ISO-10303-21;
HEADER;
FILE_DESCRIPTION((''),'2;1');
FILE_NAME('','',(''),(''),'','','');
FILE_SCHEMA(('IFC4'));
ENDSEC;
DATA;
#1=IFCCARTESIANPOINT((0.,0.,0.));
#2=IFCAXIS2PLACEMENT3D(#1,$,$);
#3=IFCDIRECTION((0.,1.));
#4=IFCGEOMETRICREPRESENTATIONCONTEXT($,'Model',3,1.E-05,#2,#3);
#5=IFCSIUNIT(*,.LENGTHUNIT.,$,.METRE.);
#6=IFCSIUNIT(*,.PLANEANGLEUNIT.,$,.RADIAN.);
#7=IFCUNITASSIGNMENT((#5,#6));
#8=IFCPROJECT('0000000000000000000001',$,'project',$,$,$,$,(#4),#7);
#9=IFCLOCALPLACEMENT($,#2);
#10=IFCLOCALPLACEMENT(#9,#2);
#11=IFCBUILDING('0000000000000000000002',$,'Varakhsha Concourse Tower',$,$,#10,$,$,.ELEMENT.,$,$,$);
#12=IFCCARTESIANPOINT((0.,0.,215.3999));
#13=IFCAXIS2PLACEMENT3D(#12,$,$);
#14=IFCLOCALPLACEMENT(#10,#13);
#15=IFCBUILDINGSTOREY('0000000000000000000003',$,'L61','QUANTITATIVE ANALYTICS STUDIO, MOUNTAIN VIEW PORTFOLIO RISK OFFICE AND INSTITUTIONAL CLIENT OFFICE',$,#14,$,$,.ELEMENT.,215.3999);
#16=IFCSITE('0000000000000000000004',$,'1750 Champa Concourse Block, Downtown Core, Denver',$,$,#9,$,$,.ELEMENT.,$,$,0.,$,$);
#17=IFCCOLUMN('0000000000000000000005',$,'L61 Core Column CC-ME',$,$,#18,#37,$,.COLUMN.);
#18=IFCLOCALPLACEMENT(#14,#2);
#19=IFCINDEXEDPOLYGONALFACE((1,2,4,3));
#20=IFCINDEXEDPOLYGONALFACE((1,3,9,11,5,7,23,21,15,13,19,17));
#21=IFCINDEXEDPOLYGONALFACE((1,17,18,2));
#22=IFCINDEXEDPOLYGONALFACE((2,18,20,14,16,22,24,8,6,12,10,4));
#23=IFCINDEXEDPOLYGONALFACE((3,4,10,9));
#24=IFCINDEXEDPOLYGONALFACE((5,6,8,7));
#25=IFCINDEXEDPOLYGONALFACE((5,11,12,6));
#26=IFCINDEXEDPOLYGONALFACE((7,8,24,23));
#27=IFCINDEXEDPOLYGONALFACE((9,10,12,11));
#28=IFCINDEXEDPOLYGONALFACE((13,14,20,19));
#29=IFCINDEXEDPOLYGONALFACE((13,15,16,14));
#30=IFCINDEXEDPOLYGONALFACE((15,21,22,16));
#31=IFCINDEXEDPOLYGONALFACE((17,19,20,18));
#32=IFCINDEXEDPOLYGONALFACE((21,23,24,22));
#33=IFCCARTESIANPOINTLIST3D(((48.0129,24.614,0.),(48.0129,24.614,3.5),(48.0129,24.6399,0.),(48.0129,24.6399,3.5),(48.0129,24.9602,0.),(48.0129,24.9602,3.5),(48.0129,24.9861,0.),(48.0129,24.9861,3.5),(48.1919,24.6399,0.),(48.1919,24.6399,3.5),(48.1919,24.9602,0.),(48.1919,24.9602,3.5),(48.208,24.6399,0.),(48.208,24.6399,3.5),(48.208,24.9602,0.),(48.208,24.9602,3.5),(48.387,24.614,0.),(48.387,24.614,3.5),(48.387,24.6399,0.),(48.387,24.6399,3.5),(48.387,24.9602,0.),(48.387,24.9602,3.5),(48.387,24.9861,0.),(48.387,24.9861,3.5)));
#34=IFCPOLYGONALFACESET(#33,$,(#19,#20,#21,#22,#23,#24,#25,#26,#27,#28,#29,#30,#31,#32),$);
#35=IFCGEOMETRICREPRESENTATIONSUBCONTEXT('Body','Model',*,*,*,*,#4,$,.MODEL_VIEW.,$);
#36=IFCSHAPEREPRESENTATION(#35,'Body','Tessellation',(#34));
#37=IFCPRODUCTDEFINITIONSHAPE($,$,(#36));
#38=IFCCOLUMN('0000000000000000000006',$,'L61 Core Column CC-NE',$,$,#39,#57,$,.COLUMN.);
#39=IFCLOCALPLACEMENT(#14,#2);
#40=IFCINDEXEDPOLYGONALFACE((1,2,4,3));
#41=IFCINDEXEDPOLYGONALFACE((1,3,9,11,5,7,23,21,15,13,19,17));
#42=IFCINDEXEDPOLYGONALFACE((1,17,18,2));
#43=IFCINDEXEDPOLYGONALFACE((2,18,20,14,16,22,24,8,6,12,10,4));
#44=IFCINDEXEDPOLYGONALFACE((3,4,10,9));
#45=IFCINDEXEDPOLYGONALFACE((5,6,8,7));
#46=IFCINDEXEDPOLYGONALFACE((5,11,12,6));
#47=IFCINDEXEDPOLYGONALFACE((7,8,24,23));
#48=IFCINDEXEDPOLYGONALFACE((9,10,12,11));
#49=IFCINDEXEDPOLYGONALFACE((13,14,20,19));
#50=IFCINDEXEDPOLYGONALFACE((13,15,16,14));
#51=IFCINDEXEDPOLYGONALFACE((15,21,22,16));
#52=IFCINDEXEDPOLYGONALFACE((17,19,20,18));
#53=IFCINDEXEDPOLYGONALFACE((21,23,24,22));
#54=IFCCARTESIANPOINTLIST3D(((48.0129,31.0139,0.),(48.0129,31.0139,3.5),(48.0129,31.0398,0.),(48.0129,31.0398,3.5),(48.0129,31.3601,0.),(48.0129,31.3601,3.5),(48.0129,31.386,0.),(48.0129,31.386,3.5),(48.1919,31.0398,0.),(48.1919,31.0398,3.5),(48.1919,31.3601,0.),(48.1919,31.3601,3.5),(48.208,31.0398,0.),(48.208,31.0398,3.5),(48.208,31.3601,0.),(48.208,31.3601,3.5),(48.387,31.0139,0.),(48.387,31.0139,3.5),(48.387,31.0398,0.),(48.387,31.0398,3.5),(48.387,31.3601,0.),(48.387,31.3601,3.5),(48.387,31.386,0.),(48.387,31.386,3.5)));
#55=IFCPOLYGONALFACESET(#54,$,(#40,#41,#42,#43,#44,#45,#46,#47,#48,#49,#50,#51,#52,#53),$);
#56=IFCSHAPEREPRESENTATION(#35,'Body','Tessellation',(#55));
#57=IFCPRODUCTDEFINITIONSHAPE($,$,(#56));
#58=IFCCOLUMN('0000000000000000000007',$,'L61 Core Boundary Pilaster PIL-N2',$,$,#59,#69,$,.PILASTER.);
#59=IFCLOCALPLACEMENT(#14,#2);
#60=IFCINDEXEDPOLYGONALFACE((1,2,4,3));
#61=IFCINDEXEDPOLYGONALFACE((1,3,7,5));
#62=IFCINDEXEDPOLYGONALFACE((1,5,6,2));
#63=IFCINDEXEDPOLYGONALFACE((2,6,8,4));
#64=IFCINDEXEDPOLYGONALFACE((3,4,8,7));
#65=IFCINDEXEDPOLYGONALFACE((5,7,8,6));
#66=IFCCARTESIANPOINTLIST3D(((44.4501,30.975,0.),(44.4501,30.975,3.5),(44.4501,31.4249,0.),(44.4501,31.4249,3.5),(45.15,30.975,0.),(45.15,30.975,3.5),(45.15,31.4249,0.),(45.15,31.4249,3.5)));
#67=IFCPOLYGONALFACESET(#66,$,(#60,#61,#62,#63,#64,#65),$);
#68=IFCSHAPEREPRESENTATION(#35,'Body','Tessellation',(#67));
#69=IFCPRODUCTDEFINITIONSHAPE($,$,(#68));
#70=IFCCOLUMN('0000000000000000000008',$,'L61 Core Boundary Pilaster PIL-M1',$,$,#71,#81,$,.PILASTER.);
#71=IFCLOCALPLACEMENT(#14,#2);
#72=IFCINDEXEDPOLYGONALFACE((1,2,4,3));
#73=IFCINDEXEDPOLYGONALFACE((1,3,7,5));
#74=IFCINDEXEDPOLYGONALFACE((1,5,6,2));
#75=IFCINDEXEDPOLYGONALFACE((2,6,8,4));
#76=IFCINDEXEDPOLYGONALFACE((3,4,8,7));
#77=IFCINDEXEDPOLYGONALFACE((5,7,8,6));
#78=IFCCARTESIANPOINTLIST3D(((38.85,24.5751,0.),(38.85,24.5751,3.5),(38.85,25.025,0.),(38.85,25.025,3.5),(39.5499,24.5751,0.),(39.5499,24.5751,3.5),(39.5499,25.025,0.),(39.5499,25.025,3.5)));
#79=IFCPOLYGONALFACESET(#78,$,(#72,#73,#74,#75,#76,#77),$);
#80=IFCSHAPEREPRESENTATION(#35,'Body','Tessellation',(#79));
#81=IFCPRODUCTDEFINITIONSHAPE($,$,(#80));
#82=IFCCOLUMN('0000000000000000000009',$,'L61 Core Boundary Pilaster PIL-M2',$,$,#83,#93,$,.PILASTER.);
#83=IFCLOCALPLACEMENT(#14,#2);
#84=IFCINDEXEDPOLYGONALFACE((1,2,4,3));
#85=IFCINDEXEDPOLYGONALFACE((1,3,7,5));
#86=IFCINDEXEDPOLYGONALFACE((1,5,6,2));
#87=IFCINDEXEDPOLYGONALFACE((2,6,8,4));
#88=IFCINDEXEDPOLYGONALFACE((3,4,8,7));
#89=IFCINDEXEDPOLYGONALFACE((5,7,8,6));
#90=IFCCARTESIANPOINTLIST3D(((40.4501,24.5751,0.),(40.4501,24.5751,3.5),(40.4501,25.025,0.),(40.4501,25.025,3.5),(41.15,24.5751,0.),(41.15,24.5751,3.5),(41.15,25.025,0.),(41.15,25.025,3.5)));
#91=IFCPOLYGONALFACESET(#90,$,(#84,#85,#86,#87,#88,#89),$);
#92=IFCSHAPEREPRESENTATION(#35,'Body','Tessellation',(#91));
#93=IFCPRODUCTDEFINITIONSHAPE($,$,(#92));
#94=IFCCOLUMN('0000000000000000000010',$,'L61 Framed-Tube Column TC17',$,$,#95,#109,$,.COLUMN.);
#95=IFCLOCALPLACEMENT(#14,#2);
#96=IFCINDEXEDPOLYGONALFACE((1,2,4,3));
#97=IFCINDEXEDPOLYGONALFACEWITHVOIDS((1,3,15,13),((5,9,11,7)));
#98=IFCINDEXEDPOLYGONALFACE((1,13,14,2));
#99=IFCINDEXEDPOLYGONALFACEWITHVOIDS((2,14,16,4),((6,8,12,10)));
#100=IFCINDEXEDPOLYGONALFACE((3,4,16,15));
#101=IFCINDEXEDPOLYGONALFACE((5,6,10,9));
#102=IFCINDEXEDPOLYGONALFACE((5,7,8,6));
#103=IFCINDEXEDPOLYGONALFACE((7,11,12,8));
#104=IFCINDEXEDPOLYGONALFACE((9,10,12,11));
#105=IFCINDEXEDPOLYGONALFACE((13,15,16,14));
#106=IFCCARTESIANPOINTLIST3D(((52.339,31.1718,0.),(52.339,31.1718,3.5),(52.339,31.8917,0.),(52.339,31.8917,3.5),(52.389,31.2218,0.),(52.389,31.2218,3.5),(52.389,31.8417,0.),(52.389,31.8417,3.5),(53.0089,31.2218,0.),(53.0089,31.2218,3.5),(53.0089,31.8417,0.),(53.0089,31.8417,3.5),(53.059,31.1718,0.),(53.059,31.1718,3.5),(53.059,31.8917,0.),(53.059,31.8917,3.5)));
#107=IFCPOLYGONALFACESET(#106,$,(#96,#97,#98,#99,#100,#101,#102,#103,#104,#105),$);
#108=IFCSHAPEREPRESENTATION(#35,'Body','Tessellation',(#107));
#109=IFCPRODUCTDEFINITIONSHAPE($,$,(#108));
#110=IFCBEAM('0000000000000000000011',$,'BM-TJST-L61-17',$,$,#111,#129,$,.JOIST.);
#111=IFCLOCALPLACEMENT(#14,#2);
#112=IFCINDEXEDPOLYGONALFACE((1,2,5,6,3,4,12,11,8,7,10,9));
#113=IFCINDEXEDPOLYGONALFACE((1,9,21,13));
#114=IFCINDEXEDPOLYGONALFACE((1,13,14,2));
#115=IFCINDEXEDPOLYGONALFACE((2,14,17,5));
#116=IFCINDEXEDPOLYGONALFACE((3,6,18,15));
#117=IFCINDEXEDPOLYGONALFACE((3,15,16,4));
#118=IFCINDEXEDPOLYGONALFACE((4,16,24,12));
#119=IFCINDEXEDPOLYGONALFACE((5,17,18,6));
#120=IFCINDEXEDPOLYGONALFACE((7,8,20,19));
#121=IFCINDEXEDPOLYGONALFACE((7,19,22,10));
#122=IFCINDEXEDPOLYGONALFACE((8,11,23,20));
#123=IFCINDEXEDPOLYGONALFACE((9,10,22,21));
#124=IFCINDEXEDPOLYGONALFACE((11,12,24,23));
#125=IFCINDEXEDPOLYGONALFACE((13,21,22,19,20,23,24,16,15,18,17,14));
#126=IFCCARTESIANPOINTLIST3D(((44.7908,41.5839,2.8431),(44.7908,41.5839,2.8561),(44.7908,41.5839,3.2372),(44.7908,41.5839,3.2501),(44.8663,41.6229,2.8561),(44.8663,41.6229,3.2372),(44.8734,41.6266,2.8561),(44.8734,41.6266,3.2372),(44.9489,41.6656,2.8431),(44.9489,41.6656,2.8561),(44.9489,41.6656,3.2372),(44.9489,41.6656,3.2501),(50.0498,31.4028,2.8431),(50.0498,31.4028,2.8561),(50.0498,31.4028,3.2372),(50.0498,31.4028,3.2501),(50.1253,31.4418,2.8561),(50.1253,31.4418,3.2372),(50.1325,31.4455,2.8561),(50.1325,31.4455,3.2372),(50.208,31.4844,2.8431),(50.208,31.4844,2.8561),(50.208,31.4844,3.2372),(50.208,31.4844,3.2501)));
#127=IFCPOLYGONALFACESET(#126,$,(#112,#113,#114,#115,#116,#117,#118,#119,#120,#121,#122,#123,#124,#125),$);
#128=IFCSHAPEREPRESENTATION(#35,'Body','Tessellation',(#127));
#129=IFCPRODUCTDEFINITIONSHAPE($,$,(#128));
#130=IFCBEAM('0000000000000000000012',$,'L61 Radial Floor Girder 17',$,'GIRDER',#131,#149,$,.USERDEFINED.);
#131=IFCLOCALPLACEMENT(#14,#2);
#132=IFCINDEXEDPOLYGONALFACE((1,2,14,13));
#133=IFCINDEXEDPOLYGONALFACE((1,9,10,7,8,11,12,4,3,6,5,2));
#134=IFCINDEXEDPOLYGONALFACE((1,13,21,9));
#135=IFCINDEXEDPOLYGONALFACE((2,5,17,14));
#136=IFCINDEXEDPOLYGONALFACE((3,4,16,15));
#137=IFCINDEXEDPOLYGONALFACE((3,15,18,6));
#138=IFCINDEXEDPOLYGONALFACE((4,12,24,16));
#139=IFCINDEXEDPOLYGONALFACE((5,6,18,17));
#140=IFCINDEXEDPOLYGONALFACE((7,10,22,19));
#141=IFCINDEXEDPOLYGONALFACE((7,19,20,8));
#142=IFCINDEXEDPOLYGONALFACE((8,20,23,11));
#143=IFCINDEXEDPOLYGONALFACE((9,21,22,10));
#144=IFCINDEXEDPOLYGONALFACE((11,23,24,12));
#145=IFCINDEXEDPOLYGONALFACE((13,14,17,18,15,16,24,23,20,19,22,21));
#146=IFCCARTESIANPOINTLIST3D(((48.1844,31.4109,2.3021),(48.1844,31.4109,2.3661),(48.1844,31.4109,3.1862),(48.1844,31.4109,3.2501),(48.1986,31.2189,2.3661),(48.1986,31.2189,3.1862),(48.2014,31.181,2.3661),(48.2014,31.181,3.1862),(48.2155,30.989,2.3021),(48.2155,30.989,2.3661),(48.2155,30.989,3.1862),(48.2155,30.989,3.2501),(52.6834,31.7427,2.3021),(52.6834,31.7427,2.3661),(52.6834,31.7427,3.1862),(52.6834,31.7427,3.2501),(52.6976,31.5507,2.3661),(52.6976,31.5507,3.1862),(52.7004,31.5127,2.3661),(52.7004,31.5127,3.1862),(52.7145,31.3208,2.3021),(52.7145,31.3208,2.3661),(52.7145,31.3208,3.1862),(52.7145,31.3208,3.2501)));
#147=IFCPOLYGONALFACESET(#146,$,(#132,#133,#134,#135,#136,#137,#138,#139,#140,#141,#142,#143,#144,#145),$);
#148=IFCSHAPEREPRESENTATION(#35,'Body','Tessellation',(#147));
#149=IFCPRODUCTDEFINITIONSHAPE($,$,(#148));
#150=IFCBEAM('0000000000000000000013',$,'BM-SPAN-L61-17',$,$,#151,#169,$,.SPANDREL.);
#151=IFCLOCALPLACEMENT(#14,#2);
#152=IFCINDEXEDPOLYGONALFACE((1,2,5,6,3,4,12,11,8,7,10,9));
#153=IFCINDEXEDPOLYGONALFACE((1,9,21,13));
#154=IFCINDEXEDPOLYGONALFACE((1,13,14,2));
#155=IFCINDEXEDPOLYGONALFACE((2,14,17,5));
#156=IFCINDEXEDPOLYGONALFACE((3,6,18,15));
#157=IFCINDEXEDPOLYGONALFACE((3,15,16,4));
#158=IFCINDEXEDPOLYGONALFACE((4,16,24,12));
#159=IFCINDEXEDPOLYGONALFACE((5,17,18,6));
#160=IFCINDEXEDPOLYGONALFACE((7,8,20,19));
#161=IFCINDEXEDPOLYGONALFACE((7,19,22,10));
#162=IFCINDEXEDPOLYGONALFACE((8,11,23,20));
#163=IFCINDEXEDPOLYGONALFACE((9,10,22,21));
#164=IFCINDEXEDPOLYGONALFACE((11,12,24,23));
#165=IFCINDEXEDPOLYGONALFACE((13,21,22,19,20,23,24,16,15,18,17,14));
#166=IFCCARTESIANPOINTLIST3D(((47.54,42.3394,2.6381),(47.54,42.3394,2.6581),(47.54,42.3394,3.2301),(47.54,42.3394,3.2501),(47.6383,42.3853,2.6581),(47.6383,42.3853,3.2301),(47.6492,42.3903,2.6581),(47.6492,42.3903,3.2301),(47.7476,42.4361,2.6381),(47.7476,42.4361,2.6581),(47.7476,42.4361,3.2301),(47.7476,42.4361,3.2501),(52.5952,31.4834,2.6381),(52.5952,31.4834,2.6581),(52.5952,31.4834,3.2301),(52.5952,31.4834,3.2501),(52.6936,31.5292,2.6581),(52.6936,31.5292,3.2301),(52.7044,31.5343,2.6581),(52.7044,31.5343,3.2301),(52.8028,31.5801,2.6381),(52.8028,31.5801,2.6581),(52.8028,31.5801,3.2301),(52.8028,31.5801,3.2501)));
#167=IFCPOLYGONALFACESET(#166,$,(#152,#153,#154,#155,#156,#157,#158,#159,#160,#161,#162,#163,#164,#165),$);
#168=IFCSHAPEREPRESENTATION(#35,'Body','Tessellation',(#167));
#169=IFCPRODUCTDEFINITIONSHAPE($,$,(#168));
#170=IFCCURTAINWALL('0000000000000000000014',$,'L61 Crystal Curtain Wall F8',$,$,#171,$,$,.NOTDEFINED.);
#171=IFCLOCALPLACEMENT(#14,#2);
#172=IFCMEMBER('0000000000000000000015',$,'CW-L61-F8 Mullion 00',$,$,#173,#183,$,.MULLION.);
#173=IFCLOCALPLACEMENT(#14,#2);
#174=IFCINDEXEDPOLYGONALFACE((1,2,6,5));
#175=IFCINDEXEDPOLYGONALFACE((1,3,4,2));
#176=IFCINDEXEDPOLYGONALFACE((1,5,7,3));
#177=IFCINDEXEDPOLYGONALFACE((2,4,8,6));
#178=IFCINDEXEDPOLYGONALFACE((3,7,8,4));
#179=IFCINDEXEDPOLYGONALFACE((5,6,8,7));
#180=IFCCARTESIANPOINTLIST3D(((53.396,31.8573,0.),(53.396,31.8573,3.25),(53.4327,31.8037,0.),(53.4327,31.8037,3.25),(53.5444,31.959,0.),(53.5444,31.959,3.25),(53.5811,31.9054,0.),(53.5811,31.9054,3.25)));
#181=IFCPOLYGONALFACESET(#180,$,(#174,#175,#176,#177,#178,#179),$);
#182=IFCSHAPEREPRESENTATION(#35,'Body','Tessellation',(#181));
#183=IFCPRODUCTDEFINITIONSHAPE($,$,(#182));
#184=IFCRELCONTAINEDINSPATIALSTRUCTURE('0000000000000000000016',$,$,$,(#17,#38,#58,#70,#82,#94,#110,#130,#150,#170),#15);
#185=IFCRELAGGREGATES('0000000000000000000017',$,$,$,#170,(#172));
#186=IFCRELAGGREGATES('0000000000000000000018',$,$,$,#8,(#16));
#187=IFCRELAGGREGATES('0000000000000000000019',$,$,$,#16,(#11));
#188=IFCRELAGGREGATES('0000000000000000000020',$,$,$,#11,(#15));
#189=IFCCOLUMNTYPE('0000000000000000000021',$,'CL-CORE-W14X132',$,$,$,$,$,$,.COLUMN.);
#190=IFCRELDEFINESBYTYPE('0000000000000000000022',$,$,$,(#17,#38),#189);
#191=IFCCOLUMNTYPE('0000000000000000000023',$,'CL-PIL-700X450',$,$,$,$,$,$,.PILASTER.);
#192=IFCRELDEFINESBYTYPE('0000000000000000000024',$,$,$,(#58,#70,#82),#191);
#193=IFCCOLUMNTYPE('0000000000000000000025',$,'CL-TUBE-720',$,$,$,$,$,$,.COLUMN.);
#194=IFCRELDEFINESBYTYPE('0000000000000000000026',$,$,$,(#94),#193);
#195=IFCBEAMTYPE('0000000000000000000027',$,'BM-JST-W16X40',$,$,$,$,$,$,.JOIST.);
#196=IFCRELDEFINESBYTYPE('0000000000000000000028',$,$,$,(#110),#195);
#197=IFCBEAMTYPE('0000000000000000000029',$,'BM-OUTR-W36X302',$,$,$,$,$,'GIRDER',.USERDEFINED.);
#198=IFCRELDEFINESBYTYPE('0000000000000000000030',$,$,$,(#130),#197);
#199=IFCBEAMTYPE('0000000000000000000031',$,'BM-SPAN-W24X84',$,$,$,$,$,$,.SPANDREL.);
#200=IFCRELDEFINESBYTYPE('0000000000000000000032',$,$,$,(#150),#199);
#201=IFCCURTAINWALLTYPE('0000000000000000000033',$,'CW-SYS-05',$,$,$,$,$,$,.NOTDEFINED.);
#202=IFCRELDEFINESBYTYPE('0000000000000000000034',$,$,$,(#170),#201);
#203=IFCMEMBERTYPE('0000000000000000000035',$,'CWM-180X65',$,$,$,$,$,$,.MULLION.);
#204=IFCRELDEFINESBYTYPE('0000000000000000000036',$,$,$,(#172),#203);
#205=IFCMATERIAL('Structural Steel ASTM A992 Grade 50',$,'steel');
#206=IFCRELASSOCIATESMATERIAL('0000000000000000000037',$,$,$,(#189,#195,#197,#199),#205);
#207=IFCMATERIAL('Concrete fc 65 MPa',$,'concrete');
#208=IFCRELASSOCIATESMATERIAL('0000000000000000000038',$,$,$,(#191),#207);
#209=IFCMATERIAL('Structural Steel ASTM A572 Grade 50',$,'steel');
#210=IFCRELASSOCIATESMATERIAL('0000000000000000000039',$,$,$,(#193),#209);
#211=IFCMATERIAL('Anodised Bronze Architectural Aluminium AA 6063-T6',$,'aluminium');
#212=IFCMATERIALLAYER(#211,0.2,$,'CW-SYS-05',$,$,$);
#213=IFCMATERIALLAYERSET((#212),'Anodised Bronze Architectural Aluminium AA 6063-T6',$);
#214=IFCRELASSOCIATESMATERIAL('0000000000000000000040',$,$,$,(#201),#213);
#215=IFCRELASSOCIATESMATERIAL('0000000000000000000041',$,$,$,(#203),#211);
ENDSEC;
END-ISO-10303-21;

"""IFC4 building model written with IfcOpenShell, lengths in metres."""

from ifc_helpers import new_model, si_unit, direction, frame, origin, origin_2d, place, context, subcontext, project, spatial, rectangle, hollow_rectangle, i_section, extrude, source, transform, mapped, material, layer, layer_set, material_profile, profile_set, type_object, type_shapes, element, aggregate, save


model = new_model("IFC4")

# Units and contexts
model_context = context("Model", 3, precision=1e-05, world=origin(), true_north=direction((0.0, 1.0)))
body_context = subcontext(model_context, "Body", "Model", "MODEL_VIEW")
ifc_project = project(units=[si_unit("LENGTHUNIT", "METRE"), si_unit("PLANEANGLEUNIT", "RADIAN")], contexts=[model_context])

# Site, building, storey
site_placement = place(None, origin())
site = spatial("IfcSite", under=ifc_project, at=site_placement, Name="1750 Champa Concourse Block, Downtown Core, Denver", CompositionType="ELEMENT", RefElevation=0.0)
building_placement = place(site_placement, origin())
building = spatial("IfcBuilding", under=site, at=building_placement, Name="Varakhsha Concourse Tower", CompositionType="ELEMENT")
storey_placement = place(building_placement, frame((0.0, 0.0, 215.3999)))
storey = spatial("IfcBuildingStorey", under=building, at=storey_placement, Name="L61", Description="QUANTITATIVE ANALYTICS STUDIO, MOUNTAIN VIEW PORTFOLIO RISK OFFICE AND INSTITUTIONAL CLIENT OFFICE", CompositionType="ELEMENT", Elevation=215.3999)

# Columns
ifc_material_1 = material(Name="Structural Steel ASTM A992 Grade 50", Category="steel")
ifc_material_profile_1 = material_profile(ifc_material_1, i_section(OverallWidth=0.374, OverallDepth=0.3721, WebThickness=0.0161, FlangeThickness=0.0259, at=origin_2d()), Name="W14X132")
ifc_profile_set_1 = profile_set([ifc_material_profile_1], Name="Structural Steel ASTM A992 Grade 50")
column_type_1 = type_object("IfcColumnType", Name="CL-CORE-W14X132", PredefinedType="COLUMN", material=ifc_profile_set_1)
for number, where, z_axis, x_axis, name in (
    (1, (48.2, 24.8, 0.0), (0.0, 0.0, 1.0), (1.0, 0.0, 0.0), "L61 Core Column CC-ME"),
    (2, (48.2, 31.2, 0.0), (0.0, 0.0, 1.0), (1.0, 0.0, 0.0), "L61 Core Column CC-NE"),
):
    element("IfcColumn", number, at=place(storey_placement, frame(where, z_axis=z_axis, x_axis=x_axis)), inside=storey, type_object=column_type_1, Name=name, PredefinedType="COLUMN", context=body_context, shape_type="SweptSolid", body=[
        extrude(i_section(OverallWidth=0.374, OverallDepth=0.3721, WebThickness=0.0161, FlangeThickness=0.0259, at=origin_2d()), origin(), (0.0, 0.0, 1.0), 3.5),
    ])
ifc_material_2 = material(Name="Concrete fc 65 MPa", Category="concrete")
ifc_material_profile_2 = material_profile(ifc_material_2, rectangle(XDim=0.7, YDim=0.45, at=origin_2d()), Name="RC 700x450")
ifc_profile_set_2 = profile_set([ifc_material_profile_2], Name="Concrete fc 65 MPa")
column_type_2 = type_object("IfcColumnType", Name="CL-PIL-700X450", PredefinedType="PILASTER", material=ifc_profile_set_2)
for number, where, z_axis, x_axis, name in (
    (3, (44.8, 31.2, 0.0), (0.0, 0.0, 1.0), (1.0, 0.0, 0.0), "L61 Core Boundary Pilaster PIL-N2"),
    (4, (39.2, 24.8, 0.0), (0.0, 0.0, 1.0), (1.0, 0.0, 0.0), "L61 Core Boundary Pilaster PIL-M1"),
    (5, (40.8, 24.8, 0.0), (0.0, 0.0, 1.0), (1.0, 0.0, 0.0), "L61 Core Boundary Pilaster PIL-M2"),
):
    element("IfcColumn", number, at=place(storey_placement, frame(where, z_axis=z_axis, x_axis=x_axis)), inside=storey, type_object=column_type_2, Name=name, PredefinedType="PILASTER", context=body_context, shape_type="SweptSolid", body=[
        extrude(rectangle(XDim=0.7, YDim=0.45, at=origin_2d()), origin(), (0.0, 0.0, 1.0), 3.5),
    ])
ifc_material_3 = material(Name="Structural Steel ASTM A572 Grade 50", Category="steel")
ifc_material_profile_3 = material_profile(ifc_material_3, hollow_rectangle(XDim=0.72, YDim=0.72, WallThickness=0.05, at=origin_2d()), Name="BOX 720x720x50")
ifc_profile_set_3 = profile_set([ifc_material_profile_3], Name="Structural Steel ASTM A572 Grade 50")
column_type_3 = type_object("IfcColumnType", Name="CL-TUBE-720", PredefinedType="COLUMN", material=ifc_profile_set_3)
column_placement = place(storey_placement, frame((52.699, 31.5317, 0.0), z_axis=(0.0, 0.0, 1.0), x_axis=(1.0, 0.0, 0.0)))
element("IfcColumn", 6, at=column_placement, inside=storey, type_object=column_type_3, Name="L61 Framed-Tube Column TC17", PredefinedType="COLUMN", context=body_context, shape_type="SweptSolid", body=[
    extrude(hollow_rectangle(XDim=0.72, YDim=0.72, WallThickness=0.05, at=origin_2d()), origin(), (0.0, 0.0, 1.0), 3.5),
])

# Beams
ifc_material_profile_4 = material_profile(ifc_material_1, i_section(OverallWidth=0.178, OverallDepth=0.407, WebThickness=0.0081, FlangeThickness=0.0129, at=origin_2d()), Name="W16X40")
ifc_profile_set_4 = profile_set([ifc_material_profile_4], Name="Structural Steel ASTM A992 Grade 50")
beam_type_1 = type_object("IfcBeamType", Name="BM-JST-W16X40", PredefinedType="JOIST", material=ifc_profile_set_4)
beam_1_placement = place(storey_placement, frame((50.1289, 31.4436, 3.0466), z_axis=(-0.458935, 0.88847, 0.0), x_axis=(-0.88847, -0.458935, 0.0)))
element("IfcBeam", 7, at=beam_1_placement, inside=storey, type_object=beam_type_1, Name="BM-TJST-L61-17", PredefinedType="JOIST", context=body_context, shape_type="SweptSolid", body=[
    extrude(i_section(OverallWidth=0.178, OverallDepth=0.407, WebThickness=0.0081, FlangeThickness=0.0129, at=origin_2d()), origin(), (0.0, 0.0, 1.0), 11.4592),
])
ifc_material_profile_5 = material_profile(ifc_material_1, i_section(OverallWidth=0.4231, OverallDepth=0.948, WebThickness=0.0381, FlangeThickness=0.064, at=origin_2d()), Name="W36X302")
ifc_profile_set_5 = profile_set([ifc_material_profile_5], Name="Structural Steel ASTM A992 Grade 50")
beam_type_2 = type_object("IfcBeamType", Name="BM-OUTR-W36X302", ElementType="GIRDER", PredefinedType="USERDEFINED", material=ifc_profile_set_5)
beam_2_placement = place(storey_placement, frame((48.2, 31.2, 2.7761), z_axis=(0.997292, 0.073547, 0.0), x_axis=(-0.073547, 0.997292, 0.0)))
element("IfcBeam", 8, at=beam_2_placement, inside=storey, type_object=beam_type_2, Name="L61 Radial Floor Girder 17", ObjectType="GIRDER", PredefinedType="USERDEFINED", context=body_context, shape_type="SweptSolid", body=[
    extrude(i_section(OverallWidth=0.4231, OverallDepth=0.948, WebThickness=0.0381, FlangeThickness=0.064, at=origin_2d()), origin(), (0.0, 0.0, 1.0), 4.5112),
])
ifc_material_profile_6 = material_profile(ifc_material_1, i_section(OverallWidth=0.229, OverallDepth=0.6121, WebThickness=0.012, FlangeThickness=0.02, at=origin_2d()), Name="W24X84")
ifc_profile_set_6 = profile_set([ifc_material_profile_6], Name="Structural Steel ASTM A992 Grade 50")
beam_type_3 = type_object("IfcBeamType", Name="BM-SPAN-W24X84", PredefinedType="SPANDREL", material=ifc_profile_set_6)
beam_3_placement = place(storey_placement, frame((52.699, 31.5317, 2.9441), z_axis=(-0.422135, 0.906533, 0.0), x_axis=(-0.906533, -0.422135, 0.0)))
element("IfcBeam", 9, at=beam_3_placement, inside=storey, type_object=beam_type_3, Name="BM-SPAN-L61-17", PredefinedType="SPANDREL", context=body_context, shape_type="SweptSolid", body=[
    extrude(i_section(OverallWidth=0.229, OverallDepth=0.6121, WebThickness=0.012, FlangeThickness=0.02, at=origin_2d()), origin(), (0.0, 0.0, 1.0), 11.9753),
])

# Curtain wall, member
ifc_material_4 = material(Name="Anodised Bronze Architectural Aluminium AA 6063-T6", Category="aluminium")
ifc_layer_1 = layer(ifc_material_4, 0.2, Name="CW-SYS-05")
ifc_layer_set_1 = layer_set([ifc_layer_1], Name="Anodised Bronze Architectural Aluminium AA 6063-T6")
curtain_wall_type = type_object("IfcCurtainWallType", Name="CW-SYS-05", PredefinedType="NOTDEFINED", material=ifc_layer_set_1)
curtain_wall_1_placement = place(storey_placement, origin())
curtain_wall_1 = element("IfcCurtainWall", 10, at=curtain_wall_1_placement, inside=storey, type_object=curtain_wall_type, Name="L61 Crystal Curtain Wall F8", PredefinedType="NOTDEFINED")
ifc_material_profile_7 = material_profile(ifc_material_4, rectangle(XDim=0.0649, YDim=0.1799, at=origin_2d()), Name="CWM-180X65")
ifc_profile_set_7 = profile_set([ifc_material_profile_7], Name="Anodised Bronze Architectural Aluminium AA 6063-T6")
member_type_1 = type_object("IfcMemberType", Name="CWM-180X65", PredefinedType="MULLION", material=ifc_profile_set_7)
shared_shape_1 = source(origin(), body_context, "Body", "SweptSolid", [
    extrude(rectangle(XDim=0.0649, YDim=0.1799, at=origin_2d()), origin(), (0.0, 0.0, 1.0), 3.25),
])
type_shapes(member_type_1, [shared_shape_1])
member_1_placement = place(storey_placement, frame((53.4885, 31.8813, 0.0), z_axis=(0.0, 0.0, 1.0), x_axis=(0.565173, -0.824972, 0.0)))
member_1 = element("IfcMember", 11, at=member_1_placement, type_object=member_type_1, Name="CW-L61-F8 Mullion 00", PredefinedType="MULLION", context=body_context, shape_type="MappedRepresentation", body=[
    mapped(shared_shape_1, transform((0.0, 0.0, 0.0), scale=1.0)),
])

aggregate(curtain_wall_1, [member_1])

save(model, "model.ifc")
